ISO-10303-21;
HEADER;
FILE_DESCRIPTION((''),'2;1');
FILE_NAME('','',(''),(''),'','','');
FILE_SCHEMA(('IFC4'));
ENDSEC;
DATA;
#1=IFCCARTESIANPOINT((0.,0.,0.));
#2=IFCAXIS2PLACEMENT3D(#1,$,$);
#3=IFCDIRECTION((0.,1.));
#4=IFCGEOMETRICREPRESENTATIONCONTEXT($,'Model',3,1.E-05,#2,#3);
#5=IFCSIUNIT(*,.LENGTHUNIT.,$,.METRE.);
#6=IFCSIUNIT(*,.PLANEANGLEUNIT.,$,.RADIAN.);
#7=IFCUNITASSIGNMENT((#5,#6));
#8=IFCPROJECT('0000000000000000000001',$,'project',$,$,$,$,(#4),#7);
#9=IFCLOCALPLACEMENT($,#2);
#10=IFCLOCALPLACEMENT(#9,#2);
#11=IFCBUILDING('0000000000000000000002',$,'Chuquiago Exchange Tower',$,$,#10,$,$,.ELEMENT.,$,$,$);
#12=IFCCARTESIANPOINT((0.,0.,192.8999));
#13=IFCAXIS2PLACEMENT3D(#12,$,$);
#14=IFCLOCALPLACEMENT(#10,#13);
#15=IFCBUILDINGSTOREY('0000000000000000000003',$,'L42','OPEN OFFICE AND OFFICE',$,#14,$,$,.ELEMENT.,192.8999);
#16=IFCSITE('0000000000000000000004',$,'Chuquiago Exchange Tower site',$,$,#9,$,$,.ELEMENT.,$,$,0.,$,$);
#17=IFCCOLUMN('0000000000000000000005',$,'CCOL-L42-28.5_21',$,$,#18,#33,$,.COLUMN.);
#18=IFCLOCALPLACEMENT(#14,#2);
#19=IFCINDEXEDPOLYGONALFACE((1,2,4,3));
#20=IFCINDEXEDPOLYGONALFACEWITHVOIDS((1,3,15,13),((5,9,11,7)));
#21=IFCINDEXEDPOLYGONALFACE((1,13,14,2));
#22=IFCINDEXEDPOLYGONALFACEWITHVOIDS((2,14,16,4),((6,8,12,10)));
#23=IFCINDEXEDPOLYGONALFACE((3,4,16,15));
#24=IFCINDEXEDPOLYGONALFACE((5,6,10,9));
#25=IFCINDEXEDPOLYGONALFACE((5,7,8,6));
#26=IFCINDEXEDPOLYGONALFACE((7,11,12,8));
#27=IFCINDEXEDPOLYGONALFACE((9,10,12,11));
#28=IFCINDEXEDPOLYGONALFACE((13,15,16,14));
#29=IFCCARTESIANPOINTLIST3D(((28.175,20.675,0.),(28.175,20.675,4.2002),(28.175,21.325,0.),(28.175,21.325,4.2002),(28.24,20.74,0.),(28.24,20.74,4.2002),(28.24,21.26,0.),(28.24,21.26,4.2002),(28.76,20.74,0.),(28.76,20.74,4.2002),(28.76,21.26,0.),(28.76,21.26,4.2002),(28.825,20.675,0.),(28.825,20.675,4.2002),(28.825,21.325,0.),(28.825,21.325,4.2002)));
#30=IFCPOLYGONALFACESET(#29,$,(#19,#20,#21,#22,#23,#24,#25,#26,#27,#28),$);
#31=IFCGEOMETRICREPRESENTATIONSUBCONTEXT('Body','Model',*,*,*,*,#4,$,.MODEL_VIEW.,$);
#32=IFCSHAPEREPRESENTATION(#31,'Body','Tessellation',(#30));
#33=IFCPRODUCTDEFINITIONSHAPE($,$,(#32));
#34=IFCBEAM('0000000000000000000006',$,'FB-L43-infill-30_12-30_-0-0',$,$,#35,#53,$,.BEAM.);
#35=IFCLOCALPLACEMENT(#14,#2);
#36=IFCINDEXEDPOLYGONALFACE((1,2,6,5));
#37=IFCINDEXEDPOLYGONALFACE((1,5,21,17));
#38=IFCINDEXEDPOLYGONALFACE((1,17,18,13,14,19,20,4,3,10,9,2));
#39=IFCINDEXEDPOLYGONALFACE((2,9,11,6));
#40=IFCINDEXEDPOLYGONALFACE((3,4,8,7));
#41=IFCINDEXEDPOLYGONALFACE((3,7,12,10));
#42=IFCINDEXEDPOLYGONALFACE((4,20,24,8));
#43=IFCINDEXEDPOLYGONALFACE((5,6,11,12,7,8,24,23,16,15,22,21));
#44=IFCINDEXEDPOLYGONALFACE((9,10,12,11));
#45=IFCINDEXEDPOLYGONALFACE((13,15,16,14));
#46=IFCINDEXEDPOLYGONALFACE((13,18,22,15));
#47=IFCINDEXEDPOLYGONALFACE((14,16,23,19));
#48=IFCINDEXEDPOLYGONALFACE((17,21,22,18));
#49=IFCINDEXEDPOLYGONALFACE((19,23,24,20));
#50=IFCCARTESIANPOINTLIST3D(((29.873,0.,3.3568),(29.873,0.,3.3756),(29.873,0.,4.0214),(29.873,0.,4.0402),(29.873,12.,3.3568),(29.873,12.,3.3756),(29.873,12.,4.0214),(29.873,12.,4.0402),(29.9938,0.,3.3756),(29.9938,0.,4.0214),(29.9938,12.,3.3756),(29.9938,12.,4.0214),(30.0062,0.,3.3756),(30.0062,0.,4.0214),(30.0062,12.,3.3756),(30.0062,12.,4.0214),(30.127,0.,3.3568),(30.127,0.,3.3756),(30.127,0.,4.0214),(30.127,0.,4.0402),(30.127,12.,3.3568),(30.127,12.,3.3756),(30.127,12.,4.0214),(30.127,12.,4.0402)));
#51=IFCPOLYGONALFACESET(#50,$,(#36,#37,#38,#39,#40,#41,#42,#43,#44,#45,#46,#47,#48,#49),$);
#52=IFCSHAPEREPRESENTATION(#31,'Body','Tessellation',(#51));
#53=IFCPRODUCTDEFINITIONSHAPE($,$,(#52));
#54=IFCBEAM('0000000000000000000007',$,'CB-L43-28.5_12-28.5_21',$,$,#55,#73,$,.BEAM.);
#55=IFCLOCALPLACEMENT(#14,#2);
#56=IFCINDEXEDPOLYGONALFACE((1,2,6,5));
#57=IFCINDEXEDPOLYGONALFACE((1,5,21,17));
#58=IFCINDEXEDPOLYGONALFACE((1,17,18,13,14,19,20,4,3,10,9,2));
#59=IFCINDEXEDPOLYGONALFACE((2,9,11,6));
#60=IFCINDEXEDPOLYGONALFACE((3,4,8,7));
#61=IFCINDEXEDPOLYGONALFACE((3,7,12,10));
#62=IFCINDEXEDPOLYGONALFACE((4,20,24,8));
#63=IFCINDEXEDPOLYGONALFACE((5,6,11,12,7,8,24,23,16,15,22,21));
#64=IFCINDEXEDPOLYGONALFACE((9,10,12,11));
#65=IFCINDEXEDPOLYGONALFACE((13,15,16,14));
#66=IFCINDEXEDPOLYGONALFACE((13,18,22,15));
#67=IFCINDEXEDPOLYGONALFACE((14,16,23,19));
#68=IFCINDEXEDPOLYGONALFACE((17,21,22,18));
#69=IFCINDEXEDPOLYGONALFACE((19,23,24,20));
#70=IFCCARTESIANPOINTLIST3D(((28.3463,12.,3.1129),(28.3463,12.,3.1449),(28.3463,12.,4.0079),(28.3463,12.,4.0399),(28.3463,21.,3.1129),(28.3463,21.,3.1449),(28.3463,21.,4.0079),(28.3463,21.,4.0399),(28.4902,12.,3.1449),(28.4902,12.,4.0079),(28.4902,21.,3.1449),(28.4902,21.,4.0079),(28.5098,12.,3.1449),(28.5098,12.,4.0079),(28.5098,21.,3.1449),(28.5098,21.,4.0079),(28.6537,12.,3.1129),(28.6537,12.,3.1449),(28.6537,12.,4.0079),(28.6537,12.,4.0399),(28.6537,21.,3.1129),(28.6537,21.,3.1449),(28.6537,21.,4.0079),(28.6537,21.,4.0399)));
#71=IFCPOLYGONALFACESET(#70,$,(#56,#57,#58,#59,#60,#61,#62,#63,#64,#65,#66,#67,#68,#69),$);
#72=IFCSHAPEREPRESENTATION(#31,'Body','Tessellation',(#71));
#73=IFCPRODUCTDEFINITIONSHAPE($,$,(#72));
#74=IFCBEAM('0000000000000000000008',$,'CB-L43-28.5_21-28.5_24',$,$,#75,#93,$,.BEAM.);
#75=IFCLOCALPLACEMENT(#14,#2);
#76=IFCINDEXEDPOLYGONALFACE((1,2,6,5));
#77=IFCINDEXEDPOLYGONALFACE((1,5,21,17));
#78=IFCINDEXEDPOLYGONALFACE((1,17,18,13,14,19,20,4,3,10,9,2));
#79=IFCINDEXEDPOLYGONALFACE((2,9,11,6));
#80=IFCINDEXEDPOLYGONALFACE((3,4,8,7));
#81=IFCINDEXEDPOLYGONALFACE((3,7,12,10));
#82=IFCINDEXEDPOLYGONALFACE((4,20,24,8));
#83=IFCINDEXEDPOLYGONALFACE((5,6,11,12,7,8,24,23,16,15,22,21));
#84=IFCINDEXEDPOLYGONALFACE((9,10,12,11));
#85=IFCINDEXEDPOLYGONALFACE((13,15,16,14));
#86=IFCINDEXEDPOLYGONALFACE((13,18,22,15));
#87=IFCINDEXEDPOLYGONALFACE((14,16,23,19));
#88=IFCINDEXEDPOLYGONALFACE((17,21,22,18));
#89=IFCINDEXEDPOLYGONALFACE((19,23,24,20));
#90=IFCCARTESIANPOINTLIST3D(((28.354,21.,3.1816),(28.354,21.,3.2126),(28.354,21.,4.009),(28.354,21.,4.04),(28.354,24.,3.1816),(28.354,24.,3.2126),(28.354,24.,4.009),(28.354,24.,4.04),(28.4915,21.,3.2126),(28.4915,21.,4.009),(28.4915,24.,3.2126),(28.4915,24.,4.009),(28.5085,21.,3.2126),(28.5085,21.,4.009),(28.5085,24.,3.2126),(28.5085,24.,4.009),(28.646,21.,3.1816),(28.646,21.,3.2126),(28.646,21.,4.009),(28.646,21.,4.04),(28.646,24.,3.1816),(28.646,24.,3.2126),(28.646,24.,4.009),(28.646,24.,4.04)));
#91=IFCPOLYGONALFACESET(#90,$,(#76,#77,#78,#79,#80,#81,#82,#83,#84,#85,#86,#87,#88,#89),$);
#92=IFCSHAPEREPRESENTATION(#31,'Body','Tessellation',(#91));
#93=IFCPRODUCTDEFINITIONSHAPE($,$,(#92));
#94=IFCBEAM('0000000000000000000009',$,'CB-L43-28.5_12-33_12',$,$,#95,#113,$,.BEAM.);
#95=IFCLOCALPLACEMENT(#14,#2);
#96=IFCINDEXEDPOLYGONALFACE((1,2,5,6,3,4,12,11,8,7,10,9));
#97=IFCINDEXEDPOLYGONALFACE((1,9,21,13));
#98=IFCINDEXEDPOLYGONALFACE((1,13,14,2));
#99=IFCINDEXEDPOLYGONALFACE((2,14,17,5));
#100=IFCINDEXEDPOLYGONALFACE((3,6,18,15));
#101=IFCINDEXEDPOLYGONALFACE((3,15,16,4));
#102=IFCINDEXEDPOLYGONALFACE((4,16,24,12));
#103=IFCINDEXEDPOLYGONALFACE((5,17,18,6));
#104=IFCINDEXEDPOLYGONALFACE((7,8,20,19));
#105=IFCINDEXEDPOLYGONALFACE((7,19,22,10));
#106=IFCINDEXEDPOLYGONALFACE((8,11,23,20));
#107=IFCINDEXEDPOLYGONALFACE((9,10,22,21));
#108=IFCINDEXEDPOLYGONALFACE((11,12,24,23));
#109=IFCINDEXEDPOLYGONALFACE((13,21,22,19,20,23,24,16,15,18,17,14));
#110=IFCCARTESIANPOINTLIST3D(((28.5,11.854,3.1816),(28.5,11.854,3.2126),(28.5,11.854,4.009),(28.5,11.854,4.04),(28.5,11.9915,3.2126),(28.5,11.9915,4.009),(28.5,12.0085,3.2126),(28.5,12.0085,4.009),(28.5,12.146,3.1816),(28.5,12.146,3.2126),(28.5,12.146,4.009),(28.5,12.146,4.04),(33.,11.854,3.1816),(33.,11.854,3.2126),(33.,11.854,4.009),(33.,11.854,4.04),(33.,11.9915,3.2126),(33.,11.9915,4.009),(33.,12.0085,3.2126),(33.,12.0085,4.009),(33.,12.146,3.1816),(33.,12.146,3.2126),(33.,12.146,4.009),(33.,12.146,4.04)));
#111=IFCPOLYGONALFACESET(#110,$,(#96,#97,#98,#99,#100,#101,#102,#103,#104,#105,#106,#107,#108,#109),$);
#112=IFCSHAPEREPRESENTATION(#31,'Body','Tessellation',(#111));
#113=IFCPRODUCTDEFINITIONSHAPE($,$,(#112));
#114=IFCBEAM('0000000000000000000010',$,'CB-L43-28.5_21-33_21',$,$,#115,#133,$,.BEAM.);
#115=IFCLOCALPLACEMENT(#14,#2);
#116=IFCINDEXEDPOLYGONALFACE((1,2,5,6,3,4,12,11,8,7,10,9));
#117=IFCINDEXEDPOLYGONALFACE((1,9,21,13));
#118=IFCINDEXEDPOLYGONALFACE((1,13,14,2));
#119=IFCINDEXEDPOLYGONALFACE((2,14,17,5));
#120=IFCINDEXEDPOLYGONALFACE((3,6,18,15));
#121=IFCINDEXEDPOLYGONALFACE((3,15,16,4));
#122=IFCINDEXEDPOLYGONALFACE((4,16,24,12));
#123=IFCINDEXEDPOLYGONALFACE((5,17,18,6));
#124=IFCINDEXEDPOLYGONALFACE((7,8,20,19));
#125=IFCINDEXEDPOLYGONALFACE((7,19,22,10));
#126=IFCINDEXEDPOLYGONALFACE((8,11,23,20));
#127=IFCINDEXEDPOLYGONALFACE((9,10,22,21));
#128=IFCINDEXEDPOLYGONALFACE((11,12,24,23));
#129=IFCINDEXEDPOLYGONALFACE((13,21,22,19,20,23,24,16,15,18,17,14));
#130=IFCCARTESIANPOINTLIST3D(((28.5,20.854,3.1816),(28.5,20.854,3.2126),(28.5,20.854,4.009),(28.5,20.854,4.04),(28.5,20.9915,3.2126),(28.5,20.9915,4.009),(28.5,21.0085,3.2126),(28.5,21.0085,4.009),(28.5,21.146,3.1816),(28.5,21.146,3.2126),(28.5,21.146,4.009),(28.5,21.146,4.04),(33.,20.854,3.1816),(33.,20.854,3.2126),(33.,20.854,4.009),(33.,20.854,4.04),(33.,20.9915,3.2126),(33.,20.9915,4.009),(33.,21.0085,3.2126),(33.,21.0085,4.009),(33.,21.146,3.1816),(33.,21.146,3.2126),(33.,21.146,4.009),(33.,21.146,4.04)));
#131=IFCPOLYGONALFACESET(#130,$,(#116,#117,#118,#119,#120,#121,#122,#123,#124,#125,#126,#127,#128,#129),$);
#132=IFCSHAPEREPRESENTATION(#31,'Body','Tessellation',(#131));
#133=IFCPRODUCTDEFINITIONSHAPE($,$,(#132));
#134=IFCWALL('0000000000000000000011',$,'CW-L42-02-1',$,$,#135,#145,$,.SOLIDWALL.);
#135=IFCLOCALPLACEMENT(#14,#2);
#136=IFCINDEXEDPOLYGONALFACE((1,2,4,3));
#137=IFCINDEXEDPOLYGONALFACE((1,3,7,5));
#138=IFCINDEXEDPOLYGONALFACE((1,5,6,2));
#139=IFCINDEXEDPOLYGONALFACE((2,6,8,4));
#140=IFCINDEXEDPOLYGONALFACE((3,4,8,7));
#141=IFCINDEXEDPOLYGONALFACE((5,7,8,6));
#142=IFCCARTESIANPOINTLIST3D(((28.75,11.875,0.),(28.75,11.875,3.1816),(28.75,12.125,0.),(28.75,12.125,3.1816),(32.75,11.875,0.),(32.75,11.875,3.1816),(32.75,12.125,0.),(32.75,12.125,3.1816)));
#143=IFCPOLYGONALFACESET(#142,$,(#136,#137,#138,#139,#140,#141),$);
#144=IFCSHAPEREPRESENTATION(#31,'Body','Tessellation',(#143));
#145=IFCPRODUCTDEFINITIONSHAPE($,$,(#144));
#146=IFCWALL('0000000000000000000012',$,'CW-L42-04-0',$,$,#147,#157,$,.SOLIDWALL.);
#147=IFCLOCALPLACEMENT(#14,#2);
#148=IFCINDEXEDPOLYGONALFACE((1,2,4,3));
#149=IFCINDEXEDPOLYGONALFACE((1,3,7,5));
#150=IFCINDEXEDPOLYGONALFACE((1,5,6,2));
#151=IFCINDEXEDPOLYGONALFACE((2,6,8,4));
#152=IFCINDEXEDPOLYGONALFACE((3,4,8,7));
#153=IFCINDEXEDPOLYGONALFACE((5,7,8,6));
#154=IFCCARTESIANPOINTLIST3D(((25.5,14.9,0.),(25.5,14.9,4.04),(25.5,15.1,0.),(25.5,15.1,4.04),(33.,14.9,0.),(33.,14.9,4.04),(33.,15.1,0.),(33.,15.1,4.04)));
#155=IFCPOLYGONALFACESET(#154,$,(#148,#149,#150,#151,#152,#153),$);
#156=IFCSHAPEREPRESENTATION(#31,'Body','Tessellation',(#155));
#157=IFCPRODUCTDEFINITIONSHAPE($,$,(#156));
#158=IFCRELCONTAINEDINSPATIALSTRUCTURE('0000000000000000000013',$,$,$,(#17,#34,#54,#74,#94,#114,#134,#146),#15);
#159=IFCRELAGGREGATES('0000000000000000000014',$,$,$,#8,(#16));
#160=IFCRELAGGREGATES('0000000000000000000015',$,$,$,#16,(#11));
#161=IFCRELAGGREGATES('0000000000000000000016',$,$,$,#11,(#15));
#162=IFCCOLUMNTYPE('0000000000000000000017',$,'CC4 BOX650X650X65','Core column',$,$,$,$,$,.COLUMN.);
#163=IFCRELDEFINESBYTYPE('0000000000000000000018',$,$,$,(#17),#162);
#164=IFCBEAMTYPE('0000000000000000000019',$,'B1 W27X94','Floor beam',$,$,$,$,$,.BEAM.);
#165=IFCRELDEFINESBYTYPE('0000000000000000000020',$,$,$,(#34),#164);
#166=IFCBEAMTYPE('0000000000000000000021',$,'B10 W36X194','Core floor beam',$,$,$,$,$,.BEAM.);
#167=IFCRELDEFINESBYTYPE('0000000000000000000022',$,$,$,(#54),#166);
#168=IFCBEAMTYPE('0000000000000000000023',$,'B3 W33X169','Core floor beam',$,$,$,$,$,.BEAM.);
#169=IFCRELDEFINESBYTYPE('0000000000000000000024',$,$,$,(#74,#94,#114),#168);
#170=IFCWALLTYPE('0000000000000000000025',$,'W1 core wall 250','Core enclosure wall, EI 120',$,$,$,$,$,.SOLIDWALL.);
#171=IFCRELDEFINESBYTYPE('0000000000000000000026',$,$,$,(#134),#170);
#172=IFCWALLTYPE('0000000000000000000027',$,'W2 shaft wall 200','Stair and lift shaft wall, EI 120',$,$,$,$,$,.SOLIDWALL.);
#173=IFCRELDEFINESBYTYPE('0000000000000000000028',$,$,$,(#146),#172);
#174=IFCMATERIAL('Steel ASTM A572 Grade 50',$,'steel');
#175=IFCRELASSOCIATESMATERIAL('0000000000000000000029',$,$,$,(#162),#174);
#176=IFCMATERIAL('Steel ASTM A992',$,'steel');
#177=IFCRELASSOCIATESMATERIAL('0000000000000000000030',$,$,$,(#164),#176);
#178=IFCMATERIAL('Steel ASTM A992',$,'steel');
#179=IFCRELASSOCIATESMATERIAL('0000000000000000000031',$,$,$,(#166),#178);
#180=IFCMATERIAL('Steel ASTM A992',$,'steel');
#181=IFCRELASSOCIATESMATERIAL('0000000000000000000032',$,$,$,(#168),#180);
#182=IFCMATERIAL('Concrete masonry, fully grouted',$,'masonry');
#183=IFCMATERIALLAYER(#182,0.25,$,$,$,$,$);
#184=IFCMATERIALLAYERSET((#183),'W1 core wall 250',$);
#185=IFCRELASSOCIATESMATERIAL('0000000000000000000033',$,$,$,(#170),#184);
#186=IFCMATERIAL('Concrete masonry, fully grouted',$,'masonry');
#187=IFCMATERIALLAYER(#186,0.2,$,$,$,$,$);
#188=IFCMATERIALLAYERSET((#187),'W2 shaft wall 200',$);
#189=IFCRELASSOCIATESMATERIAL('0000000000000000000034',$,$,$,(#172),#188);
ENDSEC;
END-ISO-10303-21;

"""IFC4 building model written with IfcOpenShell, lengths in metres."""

from ifc_helpers import new_model, si_unit, direction, frame, frame_2d, origin, origin_2d, place, context, subcontext, project, spatial, rectangle, hollow_rectangle, i_section, extrude, material, layer, layer_set, material_profile, profile_set, type_object, element, save


model = new_model("IFC4")

# Units and contexts
model_context = context("Model", 3, precision=1e-05, world=origin(), true_north=direction((0.0, 1.0)))
body_context = subcontext(model_context, "Body", "Model", "MODEL_VIEW")
ifc_project = project(units=[si_unit("LENGTHUNIT", "METRE"), si_unit("PLANEANGLEUNIT", "RADIAN")], contexts=[model_context])

# Site, building, storey
site_placement = place(None, origin())
site = spatial("IfcSite", under=ifc_project, at=site_placement, Name="Chuquiago Exchange Tower site", CompositionType="ELEMENT", RefElevation=0.0)
building_placement = place(site_placement, origin())
building = spatial("IfcBuilding", under=site, at=building_placement, Name="Chuquiago Exchange Tower", CompositionType="ELEMENT")
storey_placement = place(building_placement, frame((0.0, 0.0, 192.8999)))
storey = spatial("IfcBuildingStorey", under=building, at=storey_placement, Name="L42", Description="OPEN OFFICE AND OFFICE", CompositionType="ELEMENT", Elevation=192.8999)

# Column
ifc_material_1 = material(Name="Steel ASTM A572 Grade 50", Category="steel")
ifc_material_profile_1 = material_profile(ifc_material_1, hollow_rectangle(XDim=0.6499, YDim=0.6499, WallThickness=0.0649, at=origin_2d()), Name="BOX650X650X65")
ifc_profile_set_1 = profile_set([ifc_material_profile_1], Name="Steel ASTM A572 Grade 50")
column_type = type_object("IfcColumnType", Name="CC4 BOX650X650X65", Description="Core column", PredefinedType="COLUMN", material=ifc_profile_set_1)
column_placement = place(storey_placement, frame((28.5, 21.0, 0.0), z_axis=(0.0, 0.0, 1.0), x_axis=(1.0, 0.0, 0.0)))
element("IfcColumn", 1, at=column_placement, inside=storey, type_object=column_type, Name="CCOL-L42-28.5_21", PredefinedType="COLUMN", context=body_context, shape_type="SweptSolid", body=[
    extrude(hollow_rectangle(XDim=0.6499, YDim=0.6499, WallThickness=0.0649, at=origin_2d()), origin(), (0.0, 0.0, 1.0), 4.2002),
])

# Beams
ifc_material_2 = material(Name="Steel ASTM A992", Category="steel")
ifc_material_profile_2 = material_profile(ifc_material_2, i_section(OverallWidth=0.2539, OverallDepth=0.6833, WebThickness=0.0125, FlangeThickness=0.0188, at=origin_2d()), Name="W27X94")
ifc_profile_set_2 = profile_set([ifc_material_profile_2], Name="Steel ASTM A992")
beam_type_1 = type_object("IfcBeamType", Name="B1 W27X94", Description="Floor beam", PredefinedType="BEAM", material=ifc_profile_set_2)
beam_1_placement = place(storey_placement, frame((30.0, 12.0, 3.6985), z_axis=(0.0, -1.0, 0.0), x_axis=(1.0, 0.0, 0.0)))
element("IfcBeam", 2, at=beam_1_placement, inside=storey, type_object=beam_type_1, Name="FB-L43-infill-30_12-30_-0-0", PredefinedType="BEAM", context=body_context, shape_type="SweptSolid", body=[
    extrude(i_section(OverallWidth=0.2539, OverallDepth=0.6833, WebThickness=0.0125, FlangeThickness=0.0188, at=origin_2d()), origin(), (0.0, 0.0, 1.0), 12.0),
])
ifc_material_3 = material(Name="Steel ASTM A992", Category="steel")
ifc_material_profile_3 = material_profile(ifc_material_3, i_section(OverallWidth=0.3074, OverallDepth=0.927, WebThickness=0.0195, FlangeThickness=0.032, at=origin_2d()), Name="W36X194")
ifc_profile_set_3 = profile_set([ifc_material_profile_3], Name="Steel ASTM A992")
beam_type_2 = type_object("IfcBeamType", Name="B10 W36X194", Description="Core floor beam", PredefinedType="BEAM", material=ifc_profile_set_3)
beam_2_placement = place(storey_placement, frame((28.5, 12.0, 3.5764), z_axis=(0.0, 1.0, 0.0), x_axis=(-1.0, 0.0, 0.0)))
element("IfcBeam", 3, at=beam_2_placement, inside=storey, type_object=beam_type_2, Name="CB-L43-28.5_12-28.5_21", PredefinedType="BEAM", context=body_context, shape_type="SweptSolid", body=[
    extrude(i_section(OverallWidth=0.3074, OverallDepth=0.927, WebThickness=0.0195, FlangeThickness=0.032, at=origin_2d()), origin(), (0.0, 0.0, 1.0), 9.0),
])
ifc_material_4 = material(Name="Steel ASTM A992", Category="steel")
ifc_material_profile_4 = material_profile(ifc_material_4, i_section(OverallWidth=0.292, OverallDepth=0.8584, WebThickness=0.0171, FlangeThickness=0.031, at=origin_2d()), Name="W33X169")
ifc_profile_set_4 = profile_set([ifc_material_profile_4], Name="Steel ASTM A992")
beam_type_3 = type_object("IfcBeamType", Name="B3 W33X169", Description="Core floor beam", PredefinedType="BEAM", material=ifc_profile_set_4)
beam_3_placement = place(storey_placement, frame((28.5, 21.0, 3.6108), z_axis=(0.0, 1.0, 0.0), x_axis=(-1.0, 0.0, 0.0)))
element("IfcBeam", 4, at=beam_3_placement, inside=storey, type_object=beam_type_3, Name="CB-L43-28.5_21-28.5_24", PredefinedType="BEAM", context=body_context, shape_type="SweptSolid", body=[
    extrude(i_section(OverallWidth=0.292, OverallDepth=0.8584, WebThickness=0.0171, FlangeThickness=0.031, at=origin_2d()), origin(), (0.0, 0.0, 1.0), 3.0),
])
for number, where, z_axis, x_axis, name in (
    (5, (28.5, 12.0, 3.6108), (1.0, 0.0, 0.0), (0.0, 1.0, 0.0), "CB-L43-28.5_12-33_12"),
    (6, (28.5, 21.0, 3.6108), (1.0, 0.0, 0.0), (0.0, 1.0, 0.0), "CB-L43-28.5_21-33_21"),
):
    element("IfcBeam", number, at=place(storey_placement, frame(where, z_axis=z_axis, x_axis=x_axis)), inside=storey, type_object=beam_type_3, Name=name, PredefinedType="BEAM", context=body_context, shape_type="SweptSolid", body=[
        extrude(i_section(OverallWidth=0.292, OverallDepth=0.8584, WebThickness=0.0171, FlangeThickness=0.031, at=origin_2d()), origin(), (0.0, 0.0, 1.0), 4.5),
    ])

# Walls
ifc_material_5 = material(Name="Concrete masonry, fully grouted", Category="masonry")
ifc_layer_1 = layer(ifc_material_5, 0.25)
ifc_layer_set_1 = layer_set([ifc_layer_1], Name="W1 core wall 250")
wall_type_1 = type_object("IfcWallType", Name="W1 core wall 250", Description="Core enclosure wall, EI 120", PredefinedType="SOLIDWALL", material=ifc_layer_set_1)
wall_1_placement = place(storey_placement, frame((28.75, 12.0, 0.0), z_axis=(0.0, 0.0, 1.0), x_axis=(1.0, 0.0, 0.0)))
element("IfcWall", 7, at=wall_1_placement, inside=storey, type_object=wall_type_1, Name="CW-L42-02-1", PredefinedType="SOLIDWALL", context=body_context, shape_type="SweptSolid", body=[
    extrude(rectangle(XDim=4.0, YDim=0.25, at=frame_2d((2.0, 0.0))), origin(), (0.0, 0.0, 1.0), 3.1816),
])
ifc_material_6 = material(Name="Concrete masonry, fully grouted", Category="masonry")
ifc_layer_2 = layer(ifc_material_6, 0.2)
ifc_layer_set_2 = layer_set([ifc_layer_2], Name="W2 shaft wall 200")
wall_type_2 = type_object("IfcWallType", Name="W2 shaft wall 200", Description="Stair and lift shaft wall, EI 120", PredefinedType="SOLIDWALL", material=ifc_layer_set_2)
wall_2_placement = place(storey_placement, frame((25.5, 15.0, 0.0), z_axis=(0.0, 0.0, 1.0), x_axis=(1.0, 0.0, 0.0)))
element("IfcWall", 8, at=wall_2_placement, inside=storey, type_object=wall_type_2, Name="CW-L42-04-0", PredefinedType="SOLIDWALL", context=body_context, shape_type="SweptSolid", body=[
    extrude(rectangle(XDim=7.5, YDim=0.2, at=frame_2d((3.75, 0.0))), origin(), (0.0, 0.0, 1.0), 4.04),
])

save(model, "model.ifc")
